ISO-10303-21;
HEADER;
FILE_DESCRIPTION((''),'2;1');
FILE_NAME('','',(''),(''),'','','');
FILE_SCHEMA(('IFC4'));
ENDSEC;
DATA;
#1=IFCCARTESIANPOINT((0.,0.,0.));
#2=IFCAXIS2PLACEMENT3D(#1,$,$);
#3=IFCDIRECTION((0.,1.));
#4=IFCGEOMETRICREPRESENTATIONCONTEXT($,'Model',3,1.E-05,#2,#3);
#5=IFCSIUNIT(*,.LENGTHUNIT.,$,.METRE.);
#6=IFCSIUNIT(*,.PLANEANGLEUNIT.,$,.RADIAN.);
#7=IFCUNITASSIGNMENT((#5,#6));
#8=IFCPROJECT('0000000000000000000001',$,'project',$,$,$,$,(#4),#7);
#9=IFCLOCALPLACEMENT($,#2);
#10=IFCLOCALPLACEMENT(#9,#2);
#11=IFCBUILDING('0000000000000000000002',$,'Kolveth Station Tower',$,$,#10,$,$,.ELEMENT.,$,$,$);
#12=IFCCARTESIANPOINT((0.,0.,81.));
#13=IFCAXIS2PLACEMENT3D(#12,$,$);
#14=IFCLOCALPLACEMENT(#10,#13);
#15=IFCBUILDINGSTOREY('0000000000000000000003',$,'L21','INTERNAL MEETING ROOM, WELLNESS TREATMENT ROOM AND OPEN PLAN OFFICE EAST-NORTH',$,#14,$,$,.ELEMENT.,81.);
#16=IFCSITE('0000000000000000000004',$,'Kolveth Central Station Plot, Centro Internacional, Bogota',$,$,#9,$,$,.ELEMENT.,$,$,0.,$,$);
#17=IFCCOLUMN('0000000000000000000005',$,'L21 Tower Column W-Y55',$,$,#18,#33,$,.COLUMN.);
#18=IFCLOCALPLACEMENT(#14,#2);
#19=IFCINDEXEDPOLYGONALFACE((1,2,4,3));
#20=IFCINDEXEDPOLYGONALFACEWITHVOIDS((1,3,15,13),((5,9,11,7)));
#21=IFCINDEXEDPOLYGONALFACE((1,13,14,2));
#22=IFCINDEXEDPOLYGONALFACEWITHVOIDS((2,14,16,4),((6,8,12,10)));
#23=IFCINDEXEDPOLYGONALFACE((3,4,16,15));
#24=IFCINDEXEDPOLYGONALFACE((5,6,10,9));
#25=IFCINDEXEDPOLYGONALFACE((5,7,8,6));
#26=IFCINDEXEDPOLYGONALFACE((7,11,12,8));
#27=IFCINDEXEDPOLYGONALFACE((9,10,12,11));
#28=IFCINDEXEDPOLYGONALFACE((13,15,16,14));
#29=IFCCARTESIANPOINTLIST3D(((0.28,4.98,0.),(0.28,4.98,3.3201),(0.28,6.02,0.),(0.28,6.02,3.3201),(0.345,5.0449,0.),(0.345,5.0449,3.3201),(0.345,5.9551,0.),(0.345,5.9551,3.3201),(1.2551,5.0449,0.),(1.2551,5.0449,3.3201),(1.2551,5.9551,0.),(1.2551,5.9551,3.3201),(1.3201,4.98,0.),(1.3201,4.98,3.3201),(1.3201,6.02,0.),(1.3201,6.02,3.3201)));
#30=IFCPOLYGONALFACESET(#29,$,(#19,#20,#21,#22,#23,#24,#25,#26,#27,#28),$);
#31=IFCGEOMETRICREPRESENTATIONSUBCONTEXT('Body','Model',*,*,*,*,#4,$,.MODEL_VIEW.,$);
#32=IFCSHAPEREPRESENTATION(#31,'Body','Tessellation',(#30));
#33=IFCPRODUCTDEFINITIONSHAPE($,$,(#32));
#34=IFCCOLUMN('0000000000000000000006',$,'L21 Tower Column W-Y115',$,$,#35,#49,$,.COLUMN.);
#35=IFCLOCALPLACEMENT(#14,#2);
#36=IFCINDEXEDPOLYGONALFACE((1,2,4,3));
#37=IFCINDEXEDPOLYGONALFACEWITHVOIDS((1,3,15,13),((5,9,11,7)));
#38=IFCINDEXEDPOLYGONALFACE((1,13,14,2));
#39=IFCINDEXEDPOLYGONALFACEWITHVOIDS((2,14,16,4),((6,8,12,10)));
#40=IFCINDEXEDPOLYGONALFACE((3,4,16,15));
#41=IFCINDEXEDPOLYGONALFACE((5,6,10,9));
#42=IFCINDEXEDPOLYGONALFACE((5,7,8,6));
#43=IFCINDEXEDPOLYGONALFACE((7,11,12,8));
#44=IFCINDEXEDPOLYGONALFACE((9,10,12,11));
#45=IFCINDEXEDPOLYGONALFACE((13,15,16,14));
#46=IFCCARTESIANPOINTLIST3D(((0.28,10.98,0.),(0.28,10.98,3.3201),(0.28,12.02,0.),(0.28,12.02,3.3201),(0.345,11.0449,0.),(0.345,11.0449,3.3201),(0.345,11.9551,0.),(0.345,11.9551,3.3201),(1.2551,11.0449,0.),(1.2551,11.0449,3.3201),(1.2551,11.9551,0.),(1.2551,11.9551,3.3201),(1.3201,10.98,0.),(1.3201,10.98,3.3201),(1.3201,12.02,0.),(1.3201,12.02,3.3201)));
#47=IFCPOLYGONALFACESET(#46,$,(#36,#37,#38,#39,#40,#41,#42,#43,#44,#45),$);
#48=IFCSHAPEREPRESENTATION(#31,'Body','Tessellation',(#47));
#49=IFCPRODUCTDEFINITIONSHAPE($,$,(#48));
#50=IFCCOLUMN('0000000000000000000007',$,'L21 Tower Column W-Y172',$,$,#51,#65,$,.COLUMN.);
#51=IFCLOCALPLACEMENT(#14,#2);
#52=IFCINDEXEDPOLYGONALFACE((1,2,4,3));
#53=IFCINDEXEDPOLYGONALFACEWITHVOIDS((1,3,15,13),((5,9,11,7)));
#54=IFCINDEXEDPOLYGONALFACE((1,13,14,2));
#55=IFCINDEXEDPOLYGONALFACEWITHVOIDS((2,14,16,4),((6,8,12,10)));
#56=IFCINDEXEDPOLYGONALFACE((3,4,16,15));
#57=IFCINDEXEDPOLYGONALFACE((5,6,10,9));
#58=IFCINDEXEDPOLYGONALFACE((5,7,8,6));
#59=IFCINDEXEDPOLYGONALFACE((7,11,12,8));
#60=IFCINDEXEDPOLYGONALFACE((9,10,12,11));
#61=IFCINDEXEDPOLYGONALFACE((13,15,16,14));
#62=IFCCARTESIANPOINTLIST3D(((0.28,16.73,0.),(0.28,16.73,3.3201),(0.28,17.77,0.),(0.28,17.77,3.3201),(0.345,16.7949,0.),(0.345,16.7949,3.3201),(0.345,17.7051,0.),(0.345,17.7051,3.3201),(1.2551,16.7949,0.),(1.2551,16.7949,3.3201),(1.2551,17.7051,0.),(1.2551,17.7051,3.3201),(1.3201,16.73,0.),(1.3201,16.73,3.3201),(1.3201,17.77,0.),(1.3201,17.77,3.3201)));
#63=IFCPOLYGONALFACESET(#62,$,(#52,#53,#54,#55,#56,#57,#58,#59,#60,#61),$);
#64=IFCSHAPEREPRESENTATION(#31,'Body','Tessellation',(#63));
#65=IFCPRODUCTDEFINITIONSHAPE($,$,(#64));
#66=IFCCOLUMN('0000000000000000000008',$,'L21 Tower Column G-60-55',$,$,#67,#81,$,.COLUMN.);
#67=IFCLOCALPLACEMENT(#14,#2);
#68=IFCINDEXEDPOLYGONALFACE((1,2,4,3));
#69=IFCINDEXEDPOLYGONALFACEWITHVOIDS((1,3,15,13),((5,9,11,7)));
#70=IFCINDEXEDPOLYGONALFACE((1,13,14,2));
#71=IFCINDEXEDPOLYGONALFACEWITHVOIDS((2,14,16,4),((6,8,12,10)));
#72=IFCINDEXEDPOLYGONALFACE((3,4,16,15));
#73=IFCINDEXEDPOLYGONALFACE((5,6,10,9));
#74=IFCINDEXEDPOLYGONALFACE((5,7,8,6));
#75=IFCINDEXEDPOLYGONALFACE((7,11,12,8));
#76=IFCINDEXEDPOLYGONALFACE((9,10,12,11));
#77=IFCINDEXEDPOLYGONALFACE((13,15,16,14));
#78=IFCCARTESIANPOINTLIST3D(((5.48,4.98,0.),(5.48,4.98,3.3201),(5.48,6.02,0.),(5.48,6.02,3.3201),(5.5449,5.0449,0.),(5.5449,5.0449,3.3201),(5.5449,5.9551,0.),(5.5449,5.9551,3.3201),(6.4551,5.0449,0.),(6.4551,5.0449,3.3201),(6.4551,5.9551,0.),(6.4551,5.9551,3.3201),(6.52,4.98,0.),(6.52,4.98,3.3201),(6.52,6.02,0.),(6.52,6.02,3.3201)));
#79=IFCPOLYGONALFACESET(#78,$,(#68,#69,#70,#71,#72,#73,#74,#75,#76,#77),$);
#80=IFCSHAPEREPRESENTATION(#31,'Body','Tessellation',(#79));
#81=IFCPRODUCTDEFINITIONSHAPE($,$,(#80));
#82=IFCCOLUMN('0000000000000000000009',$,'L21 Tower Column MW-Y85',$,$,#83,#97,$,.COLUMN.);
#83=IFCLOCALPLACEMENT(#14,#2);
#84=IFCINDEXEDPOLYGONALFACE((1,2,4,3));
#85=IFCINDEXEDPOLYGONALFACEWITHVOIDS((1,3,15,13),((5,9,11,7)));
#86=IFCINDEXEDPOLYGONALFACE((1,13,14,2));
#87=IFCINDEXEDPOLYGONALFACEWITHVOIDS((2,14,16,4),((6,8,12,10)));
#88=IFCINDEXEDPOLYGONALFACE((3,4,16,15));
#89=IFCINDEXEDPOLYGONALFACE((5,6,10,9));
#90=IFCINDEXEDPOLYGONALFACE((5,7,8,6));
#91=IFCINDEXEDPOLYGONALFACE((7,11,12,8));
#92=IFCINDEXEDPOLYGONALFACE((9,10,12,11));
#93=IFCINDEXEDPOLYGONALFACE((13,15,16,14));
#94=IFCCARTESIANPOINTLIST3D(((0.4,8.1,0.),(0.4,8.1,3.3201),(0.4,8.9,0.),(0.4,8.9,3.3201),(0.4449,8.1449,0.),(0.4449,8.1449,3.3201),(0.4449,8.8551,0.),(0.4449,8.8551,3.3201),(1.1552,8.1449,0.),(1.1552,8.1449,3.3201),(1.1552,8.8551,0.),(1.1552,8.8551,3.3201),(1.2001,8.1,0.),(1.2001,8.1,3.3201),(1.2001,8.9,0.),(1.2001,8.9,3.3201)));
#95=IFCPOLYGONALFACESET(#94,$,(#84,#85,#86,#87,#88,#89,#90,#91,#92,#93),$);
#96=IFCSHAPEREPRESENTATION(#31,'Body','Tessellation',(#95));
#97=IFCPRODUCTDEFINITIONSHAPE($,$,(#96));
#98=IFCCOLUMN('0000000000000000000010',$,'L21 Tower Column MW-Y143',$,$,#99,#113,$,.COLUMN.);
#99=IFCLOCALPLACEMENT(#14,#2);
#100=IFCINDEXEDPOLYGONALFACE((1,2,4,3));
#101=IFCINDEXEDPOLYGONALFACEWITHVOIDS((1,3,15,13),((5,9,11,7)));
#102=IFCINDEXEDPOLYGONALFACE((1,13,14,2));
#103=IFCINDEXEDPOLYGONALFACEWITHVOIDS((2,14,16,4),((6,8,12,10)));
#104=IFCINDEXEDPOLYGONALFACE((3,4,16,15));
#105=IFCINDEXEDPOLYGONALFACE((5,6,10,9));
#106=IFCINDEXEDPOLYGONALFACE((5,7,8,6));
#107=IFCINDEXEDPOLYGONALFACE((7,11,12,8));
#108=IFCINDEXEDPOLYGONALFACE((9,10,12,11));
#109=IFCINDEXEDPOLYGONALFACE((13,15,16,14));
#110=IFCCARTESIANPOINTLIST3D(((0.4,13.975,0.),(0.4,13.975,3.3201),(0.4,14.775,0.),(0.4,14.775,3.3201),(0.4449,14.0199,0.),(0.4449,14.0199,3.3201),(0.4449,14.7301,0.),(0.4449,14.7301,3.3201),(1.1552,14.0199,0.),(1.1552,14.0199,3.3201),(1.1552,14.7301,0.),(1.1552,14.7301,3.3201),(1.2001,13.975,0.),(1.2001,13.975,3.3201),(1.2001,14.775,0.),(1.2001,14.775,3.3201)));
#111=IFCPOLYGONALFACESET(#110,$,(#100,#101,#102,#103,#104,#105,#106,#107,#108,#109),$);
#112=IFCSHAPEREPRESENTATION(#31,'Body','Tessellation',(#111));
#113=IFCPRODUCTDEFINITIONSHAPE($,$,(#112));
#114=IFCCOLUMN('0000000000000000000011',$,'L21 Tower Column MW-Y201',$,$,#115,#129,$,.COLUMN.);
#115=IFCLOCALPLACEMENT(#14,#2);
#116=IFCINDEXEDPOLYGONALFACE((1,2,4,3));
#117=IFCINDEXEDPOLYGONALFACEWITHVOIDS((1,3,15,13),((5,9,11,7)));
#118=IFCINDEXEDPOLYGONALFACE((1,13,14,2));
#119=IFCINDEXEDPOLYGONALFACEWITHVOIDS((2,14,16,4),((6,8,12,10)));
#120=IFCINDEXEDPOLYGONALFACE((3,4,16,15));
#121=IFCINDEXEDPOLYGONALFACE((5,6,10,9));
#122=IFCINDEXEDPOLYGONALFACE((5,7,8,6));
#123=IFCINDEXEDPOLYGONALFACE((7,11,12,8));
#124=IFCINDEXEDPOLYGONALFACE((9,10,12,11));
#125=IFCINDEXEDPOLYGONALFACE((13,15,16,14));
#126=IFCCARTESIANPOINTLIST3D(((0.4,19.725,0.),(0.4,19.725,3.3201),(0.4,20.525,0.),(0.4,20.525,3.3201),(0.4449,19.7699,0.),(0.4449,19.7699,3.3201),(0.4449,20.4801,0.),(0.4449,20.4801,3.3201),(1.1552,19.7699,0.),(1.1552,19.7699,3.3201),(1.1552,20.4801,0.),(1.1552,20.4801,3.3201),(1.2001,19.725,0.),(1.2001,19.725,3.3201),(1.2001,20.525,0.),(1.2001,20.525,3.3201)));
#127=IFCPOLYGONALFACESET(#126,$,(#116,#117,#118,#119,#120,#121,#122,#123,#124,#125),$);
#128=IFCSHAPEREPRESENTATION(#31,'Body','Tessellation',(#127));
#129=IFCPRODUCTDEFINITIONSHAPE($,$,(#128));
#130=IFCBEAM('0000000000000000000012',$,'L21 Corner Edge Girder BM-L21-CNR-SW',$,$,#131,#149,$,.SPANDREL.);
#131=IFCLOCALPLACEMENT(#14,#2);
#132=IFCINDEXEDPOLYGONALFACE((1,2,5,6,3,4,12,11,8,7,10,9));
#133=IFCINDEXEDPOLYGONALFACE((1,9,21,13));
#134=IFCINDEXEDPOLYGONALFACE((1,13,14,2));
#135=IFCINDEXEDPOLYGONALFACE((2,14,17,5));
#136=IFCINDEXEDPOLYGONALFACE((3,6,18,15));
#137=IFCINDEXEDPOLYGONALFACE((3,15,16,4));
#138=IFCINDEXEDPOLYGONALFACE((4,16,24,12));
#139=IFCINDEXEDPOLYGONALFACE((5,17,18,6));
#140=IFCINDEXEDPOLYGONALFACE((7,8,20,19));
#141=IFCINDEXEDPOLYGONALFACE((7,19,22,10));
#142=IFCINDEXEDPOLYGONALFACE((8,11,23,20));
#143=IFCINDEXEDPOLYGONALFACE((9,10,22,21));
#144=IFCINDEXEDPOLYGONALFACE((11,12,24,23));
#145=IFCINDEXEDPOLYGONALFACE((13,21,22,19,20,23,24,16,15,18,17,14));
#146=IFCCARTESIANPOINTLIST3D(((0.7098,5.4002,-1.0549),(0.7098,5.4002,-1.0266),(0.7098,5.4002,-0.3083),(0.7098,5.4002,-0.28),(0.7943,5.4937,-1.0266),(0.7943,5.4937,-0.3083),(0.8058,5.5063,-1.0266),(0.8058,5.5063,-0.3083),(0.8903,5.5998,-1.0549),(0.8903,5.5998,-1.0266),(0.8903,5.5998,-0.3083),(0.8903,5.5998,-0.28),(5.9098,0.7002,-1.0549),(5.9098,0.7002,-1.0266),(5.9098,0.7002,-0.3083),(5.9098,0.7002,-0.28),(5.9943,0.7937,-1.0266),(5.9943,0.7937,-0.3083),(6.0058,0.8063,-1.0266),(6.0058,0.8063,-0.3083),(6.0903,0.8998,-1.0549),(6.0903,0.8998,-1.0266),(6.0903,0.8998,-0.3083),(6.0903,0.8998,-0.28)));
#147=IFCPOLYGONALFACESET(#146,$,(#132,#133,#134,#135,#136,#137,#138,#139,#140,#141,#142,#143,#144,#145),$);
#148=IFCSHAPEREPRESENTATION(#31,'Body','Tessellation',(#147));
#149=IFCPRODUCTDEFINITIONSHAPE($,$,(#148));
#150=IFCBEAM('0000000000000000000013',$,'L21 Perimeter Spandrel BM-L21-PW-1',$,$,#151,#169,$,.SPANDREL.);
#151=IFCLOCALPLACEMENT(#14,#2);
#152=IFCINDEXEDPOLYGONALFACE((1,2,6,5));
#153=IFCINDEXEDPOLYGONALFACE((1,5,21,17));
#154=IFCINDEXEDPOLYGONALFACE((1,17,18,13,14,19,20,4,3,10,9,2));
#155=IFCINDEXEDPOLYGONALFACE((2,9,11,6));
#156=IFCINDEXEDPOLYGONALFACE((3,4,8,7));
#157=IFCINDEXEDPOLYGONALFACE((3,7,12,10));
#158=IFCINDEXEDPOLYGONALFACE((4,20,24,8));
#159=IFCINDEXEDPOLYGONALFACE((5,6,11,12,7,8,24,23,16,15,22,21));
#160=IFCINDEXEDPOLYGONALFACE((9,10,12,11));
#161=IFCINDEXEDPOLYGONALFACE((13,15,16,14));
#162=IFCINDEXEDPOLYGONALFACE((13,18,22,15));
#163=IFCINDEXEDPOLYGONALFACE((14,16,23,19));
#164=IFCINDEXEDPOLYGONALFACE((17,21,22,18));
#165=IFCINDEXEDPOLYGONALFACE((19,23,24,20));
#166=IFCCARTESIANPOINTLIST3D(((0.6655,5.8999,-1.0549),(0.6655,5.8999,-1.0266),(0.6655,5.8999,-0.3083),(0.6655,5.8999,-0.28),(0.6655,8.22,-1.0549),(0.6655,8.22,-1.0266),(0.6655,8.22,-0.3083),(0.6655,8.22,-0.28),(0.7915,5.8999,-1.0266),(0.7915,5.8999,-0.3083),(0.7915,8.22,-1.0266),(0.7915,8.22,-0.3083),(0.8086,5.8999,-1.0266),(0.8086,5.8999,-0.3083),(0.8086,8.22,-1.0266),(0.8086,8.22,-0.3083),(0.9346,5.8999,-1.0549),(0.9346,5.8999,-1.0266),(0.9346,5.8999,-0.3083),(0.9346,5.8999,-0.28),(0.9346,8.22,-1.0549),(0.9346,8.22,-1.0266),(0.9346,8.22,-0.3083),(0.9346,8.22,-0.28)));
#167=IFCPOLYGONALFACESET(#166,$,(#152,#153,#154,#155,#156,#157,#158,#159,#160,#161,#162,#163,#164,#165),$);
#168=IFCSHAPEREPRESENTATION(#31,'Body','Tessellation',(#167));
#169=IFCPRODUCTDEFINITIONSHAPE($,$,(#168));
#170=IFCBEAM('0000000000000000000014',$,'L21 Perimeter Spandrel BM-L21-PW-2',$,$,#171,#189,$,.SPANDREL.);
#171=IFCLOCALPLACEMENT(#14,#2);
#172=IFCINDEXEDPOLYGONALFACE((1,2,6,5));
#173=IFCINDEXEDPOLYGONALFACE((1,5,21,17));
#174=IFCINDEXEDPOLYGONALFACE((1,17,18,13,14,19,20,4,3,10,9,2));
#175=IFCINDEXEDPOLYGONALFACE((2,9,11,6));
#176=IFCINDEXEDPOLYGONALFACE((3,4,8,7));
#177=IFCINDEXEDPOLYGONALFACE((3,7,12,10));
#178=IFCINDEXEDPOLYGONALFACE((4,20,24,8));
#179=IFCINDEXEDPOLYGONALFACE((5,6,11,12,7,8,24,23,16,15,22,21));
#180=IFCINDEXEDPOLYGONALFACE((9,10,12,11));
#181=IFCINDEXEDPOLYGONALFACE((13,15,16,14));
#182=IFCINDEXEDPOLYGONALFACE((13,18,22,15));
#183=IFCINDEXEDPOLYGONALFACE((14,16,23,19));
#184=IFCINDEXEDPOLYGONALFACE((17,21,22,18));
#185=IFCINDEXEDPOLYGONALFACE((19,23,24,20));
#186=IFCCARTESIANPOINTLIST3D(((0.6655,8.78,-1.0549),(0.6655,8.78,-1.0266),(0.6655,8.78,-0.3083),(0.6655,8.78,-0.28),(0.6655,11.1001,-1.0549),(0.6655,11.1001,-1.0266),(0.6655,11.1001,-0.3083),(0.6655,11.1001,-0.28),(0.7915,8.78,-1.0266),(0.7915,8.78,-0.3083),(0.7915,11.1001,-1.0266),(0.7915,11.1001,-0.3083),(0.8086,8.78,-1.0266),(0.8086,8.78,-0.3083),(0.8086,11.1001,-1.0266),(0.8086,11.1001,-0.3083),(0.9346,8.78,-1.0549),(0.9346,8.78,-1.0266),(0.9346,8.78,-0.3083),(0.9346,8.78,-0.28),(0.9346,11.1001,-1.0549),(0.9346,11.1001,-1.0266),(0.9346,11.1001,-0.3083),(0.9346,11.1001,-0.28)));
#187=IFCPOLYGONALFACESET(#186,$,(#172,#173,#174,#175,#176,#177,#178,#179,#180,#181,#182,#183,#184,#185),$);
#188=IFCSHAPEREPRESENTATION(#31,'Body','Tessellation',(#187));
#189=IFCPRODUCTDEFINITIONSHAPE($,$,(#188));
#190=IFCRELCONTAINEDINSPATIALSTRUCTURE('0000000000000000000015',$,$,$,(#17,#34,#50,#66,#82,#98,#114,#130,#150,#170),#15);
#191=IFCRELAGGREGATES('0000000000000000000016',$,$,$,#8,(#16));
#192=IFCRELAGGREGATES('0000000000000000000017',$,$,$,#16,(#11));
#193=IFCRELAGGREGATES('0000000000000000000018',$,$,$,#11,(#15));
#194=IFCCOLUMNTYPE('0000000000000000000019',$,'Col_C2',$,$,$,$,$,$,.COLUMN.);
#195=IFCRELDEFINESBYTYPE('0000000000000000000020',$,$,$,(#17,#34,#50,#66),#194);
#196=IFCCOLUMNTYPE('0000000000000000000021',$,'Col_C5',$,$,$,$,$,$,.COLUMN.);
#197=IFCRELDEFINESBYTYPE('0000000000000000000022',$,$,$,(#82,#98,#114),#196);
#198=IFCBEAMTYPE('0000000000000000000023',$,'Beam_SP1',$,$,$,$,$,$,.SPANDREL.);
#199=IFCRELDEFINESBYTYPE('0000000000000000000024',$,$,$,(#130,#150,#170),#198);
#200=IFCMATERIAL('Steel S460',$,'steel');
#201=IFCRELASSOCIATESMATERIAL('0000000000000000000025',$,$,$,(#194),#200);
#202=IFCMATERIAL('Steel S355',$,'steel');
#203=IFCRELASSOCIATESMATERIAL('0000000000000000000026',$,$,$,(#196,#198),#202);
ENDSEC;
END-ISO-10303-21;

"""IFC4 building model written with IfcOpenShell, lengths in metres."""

from ifc_helpers import new_model, si_unit, direction, frame, origin, origin_2d, place, context, subcontext, project, spatial, hollow_rectangle, i_section, extrude, source, transform, mapped, material, material_profile, profile_set, type_object, element, save


model = new_model("IFC4")

# Units and contexts
model_context = context("Model", 3, precision=1e-05, world=origin(), true_north=direction((0.0, 1.0)))
body_context = subcontext(model_context, "Body", "Model", "MODEL_VIEW")
ifc_project = project(units=[si_unit("LENGTHUNIT", "METRE"), si_unit("PLANEANGLEUNIT", "RADIAN")], contexts=[model_context])

# Site, building, storey
site_placement = place(None, origin())
site = spatial("IfcSite", under=ifc_project, at=site_placement, Name="Kolveth Central Station Plot, Centro Internacional, Bogota", CompositionType="ELEMENT", RefElevation=0.0)
building_placement = place(site_placement, origin())
building = spatial("IfcBuilding", under=site, at=building_placement, Name="Kolveth Station Tower", CompositionType="ELEMENT")
storey_placement = place(building_placement, frame((0.0, 0.0, 81.0)))
storey = spatial("IfcBuildingStorey", under=building, at=storey_placement, Name="L21", Description="INTERNAL MEETING ROOM, WELLNESS TREATMENT ROOM AND OPEN PLAN OFFICE EAST-NORTH", CompositionType="ELEMENT", Elevation=81.0)

# Columns
ifc_material_1 = material(Name="Steel S460", Category="steel")
ifc_material_profile_1 = material_profile(ifc_material_1, hollow_rectangle(XDim=1.04, YDim=1.04, WallThickness=0.0649, at=origin_2d()), Name="BOX1040x1040x65")
ifc_profile_set_1 = profile_set([ifc_material_profile_1], Name="Steel S460")
column_type_1 = type_object("IfcColumnType", Name="Col_C2", PredefinedType="COLUMN", material=ifc_profile_set_1)
shared_shape_1 = source(origin(), body_context, "Body", "SweptSolid", [
    extrude(hollow_rectangle(XDim=1.04, YDim=1.04, WallThickness=0.0649, at=origin_2d()), origin(), (0.0, 0.0, 1.0), 3.3201),
])
for number, where, z_axis, x_axis, name in (
    (1, (0.8, 5.5, 0.0), (0.0, 0.0, 1.0), (1.0, 0.0, 0.0), "L21 Tower Column W-Y55"),
    (2, (0.8, 11.5, 0.0), (0.0, 0.0, 1.0), (1.0, 0.0, 0.0), "L21 Tower Column W-Y115"),
    (3, (0.8, 17.25, 0.0), (0.0, 0.0, 1.0), (1.0, 0.0, 0.0), "L21 Tower Column W-Y172"),
    (4, (6.0, 5.5, 0.0), (0.0, 0.0, 1.0), (1.0, 0.0, 0.0), "L21 Tower Column G-60-55"),
):
    element("IfcColumn", number, at=place(storey_placement, frame(where, z_axis=z_axis, x_axis=x_axis)), inside=storey, type_object=column_type_1, Name=name, PredefinedType="COLUMN", context=body_context, shape_type="MappedRepresentation", body=[
        mapped(shared_shape_1, transform((0.0, 0.0, 0.0), x_axis=(1.0, 0.0, 0.0), y_axis=(0.0, 1.0, 0.0), z_axis=(0.0, 0.0, 1.0), scale=1.0)),
    ])
ifc_material_2 = material(Name="Steel S355", Category="steel")
ifc_material_profile_2 = material_profile(ifc_material_2, hollow_rectangle(XDim=0.8, YDim=0.8, WallThickness=0.0449, at=origin_2d()), Name="BOX800x800x45")
ifc_profile_set_2 = profile_set([ifc_material_profile_2], Name="Steel S355")
column_type_2 = type_object("IfcColumnType", Name="Col_C5", PredefinedType="COLUMN", material=ifc_profile_set_2)
shared_shape_2 = source(origin(), body_context, "Body", "SweptSolid", [
    extrude(hollow_rectangle(XDim=0.8, YDim=0.8, WallThickness=0.0449, at=origin_2d()), origin(), (0.0, 0.0, 1.0), 3.3201),
])
for number, where, z_axis, x_axis, name in (
    (5, (0.8, 8.5, 0.0), (0.0, 0.0, 1.0), (1.0, 0.0, 0.0), "L21 Tower Column MW-Y85"),
    (6, (0.8, 14.375, 0.0), (0.0, 0.0, 1.0), (1.0, 0.0, 0.0), "L21 Tower Column MW-Y143"),
    (7, (0.8, 20.125, 0.0), (0.0, 0.0, 1.0), (1.0, 0.0, 0.0), "L21 Tower Column MW-Y201"),
):
    element("IfcColumn", number, at=place(storey_placement, frame(where, z_axis=z_axis, x_axis=x_axis)), inside=storey, type_object=column_type_2, Name=name, PredefinedType="COLUMN", context=body_context, shape_type="MappedRepresentation", body=[
        mapped(shared_shape_2, transform((0.0, 0.0, 0.0), x_axis=(1.0, 0.0, 0.0), y_axis=(0.0, 1.0, 0.0), z_axis=(0.0, 0.0, 1.0), scale=1.0)),
    ])

# Beams
ifc_material_profile_3 = material_profile(ifc_material_2, i_section(OverallWidth=0.269, OverallDepth=0.7749, WebThickness=0.0171, FlangeThickness=0.0283, at=origin_2d()), Name="W760x220")
ifc_profile_set_3 = profile_set([ifc_material_profile_3], Name="Steel S355")
beam_type_1 = type_object("IfcBeamType", Name="Beam_SP1", PredefinedType="SPANDREL", material=ifc_profile_set_3)
shared_shape_3 = source(origin(), body_context, "Body", "SweptSolid", [
    extrude(i_section(OverallWidth=0.269, OverallDepth=0.7749, WebThickness=0.0171, FlangeThickness=0.0283, at=origin_2d()), origin(), (0.0, 0.0, 1.0), 7.0093),
])
beam_1_placement = place(storey_placement, frame((0.8, 5.5, -0.6675), z_axis=(0.741874, -0.670539, 0.0), x_axis=(0.670539, 0.741874, 0.0)))
element("IfcBeam", 8, at=beam_1_placement, inside=storey, type_object=beam_type_1, Name="L21 Corner Edge Girder BM-L21-CNR-SW", PredefinedType="SPANDREL", context=body_context, shape_type="MappedRepresentation", body=[
    mapped(shared_shape_3, transform((0.0, 0.0, 0.0), x_axis=(1.0, 0.0, 0.0), y_axis=(0.0, 1.0, 0.0), z_axis=(0.0, 0.0, 1.0), scale=1.0)),
])
shared_shape_4 = source(origin(), body_context, "Body", "SweptSolid", [
    extrude(i_section(OverallWidth=0.269, OverallDepth=0.7749, WebThickness=0.0171, FlangeThickness=0.0283, at=origin_2d()), origin(), (0.0, 0.0, 1.0), 2.3201),
])
for number, where, z_axis, x_axis, name in (
    (9, (0.8, 5.8999, -0.6675), (0.0, 1.0, 0.0), (-1.0, 0.0, 0.0), "L21 Perimeter Spandrel BM-L21-PW-1"),
    (10, (0.8, 8.78, -0.6675), (0.0, 1.0, 0.0), (-1.0, 0.0, 0.0), "L21 Perimeter Spandrel BM-L21-PW-2"),
):
    element("IfcBeam", number, at=place(storey_placement, frame(where, z_axis=z_axis, x_axis=x_axis)), inside=storey, type_object=beam_type_1, Name=name, PredefinedType="SPANDREL", context=body_context, shape_type="MappedRepresentation", body=[
        mapped(shared_shape_4, transform((0.0, 0.0, 0.0), x_axis=(1.0, 0.0, 0.0), y_axis=(0.0, 1.0, 0.0), z_axis=(0.0, 0.0, 1.0), scale=1.0)),
    ])

save(model, "model.ifc")
